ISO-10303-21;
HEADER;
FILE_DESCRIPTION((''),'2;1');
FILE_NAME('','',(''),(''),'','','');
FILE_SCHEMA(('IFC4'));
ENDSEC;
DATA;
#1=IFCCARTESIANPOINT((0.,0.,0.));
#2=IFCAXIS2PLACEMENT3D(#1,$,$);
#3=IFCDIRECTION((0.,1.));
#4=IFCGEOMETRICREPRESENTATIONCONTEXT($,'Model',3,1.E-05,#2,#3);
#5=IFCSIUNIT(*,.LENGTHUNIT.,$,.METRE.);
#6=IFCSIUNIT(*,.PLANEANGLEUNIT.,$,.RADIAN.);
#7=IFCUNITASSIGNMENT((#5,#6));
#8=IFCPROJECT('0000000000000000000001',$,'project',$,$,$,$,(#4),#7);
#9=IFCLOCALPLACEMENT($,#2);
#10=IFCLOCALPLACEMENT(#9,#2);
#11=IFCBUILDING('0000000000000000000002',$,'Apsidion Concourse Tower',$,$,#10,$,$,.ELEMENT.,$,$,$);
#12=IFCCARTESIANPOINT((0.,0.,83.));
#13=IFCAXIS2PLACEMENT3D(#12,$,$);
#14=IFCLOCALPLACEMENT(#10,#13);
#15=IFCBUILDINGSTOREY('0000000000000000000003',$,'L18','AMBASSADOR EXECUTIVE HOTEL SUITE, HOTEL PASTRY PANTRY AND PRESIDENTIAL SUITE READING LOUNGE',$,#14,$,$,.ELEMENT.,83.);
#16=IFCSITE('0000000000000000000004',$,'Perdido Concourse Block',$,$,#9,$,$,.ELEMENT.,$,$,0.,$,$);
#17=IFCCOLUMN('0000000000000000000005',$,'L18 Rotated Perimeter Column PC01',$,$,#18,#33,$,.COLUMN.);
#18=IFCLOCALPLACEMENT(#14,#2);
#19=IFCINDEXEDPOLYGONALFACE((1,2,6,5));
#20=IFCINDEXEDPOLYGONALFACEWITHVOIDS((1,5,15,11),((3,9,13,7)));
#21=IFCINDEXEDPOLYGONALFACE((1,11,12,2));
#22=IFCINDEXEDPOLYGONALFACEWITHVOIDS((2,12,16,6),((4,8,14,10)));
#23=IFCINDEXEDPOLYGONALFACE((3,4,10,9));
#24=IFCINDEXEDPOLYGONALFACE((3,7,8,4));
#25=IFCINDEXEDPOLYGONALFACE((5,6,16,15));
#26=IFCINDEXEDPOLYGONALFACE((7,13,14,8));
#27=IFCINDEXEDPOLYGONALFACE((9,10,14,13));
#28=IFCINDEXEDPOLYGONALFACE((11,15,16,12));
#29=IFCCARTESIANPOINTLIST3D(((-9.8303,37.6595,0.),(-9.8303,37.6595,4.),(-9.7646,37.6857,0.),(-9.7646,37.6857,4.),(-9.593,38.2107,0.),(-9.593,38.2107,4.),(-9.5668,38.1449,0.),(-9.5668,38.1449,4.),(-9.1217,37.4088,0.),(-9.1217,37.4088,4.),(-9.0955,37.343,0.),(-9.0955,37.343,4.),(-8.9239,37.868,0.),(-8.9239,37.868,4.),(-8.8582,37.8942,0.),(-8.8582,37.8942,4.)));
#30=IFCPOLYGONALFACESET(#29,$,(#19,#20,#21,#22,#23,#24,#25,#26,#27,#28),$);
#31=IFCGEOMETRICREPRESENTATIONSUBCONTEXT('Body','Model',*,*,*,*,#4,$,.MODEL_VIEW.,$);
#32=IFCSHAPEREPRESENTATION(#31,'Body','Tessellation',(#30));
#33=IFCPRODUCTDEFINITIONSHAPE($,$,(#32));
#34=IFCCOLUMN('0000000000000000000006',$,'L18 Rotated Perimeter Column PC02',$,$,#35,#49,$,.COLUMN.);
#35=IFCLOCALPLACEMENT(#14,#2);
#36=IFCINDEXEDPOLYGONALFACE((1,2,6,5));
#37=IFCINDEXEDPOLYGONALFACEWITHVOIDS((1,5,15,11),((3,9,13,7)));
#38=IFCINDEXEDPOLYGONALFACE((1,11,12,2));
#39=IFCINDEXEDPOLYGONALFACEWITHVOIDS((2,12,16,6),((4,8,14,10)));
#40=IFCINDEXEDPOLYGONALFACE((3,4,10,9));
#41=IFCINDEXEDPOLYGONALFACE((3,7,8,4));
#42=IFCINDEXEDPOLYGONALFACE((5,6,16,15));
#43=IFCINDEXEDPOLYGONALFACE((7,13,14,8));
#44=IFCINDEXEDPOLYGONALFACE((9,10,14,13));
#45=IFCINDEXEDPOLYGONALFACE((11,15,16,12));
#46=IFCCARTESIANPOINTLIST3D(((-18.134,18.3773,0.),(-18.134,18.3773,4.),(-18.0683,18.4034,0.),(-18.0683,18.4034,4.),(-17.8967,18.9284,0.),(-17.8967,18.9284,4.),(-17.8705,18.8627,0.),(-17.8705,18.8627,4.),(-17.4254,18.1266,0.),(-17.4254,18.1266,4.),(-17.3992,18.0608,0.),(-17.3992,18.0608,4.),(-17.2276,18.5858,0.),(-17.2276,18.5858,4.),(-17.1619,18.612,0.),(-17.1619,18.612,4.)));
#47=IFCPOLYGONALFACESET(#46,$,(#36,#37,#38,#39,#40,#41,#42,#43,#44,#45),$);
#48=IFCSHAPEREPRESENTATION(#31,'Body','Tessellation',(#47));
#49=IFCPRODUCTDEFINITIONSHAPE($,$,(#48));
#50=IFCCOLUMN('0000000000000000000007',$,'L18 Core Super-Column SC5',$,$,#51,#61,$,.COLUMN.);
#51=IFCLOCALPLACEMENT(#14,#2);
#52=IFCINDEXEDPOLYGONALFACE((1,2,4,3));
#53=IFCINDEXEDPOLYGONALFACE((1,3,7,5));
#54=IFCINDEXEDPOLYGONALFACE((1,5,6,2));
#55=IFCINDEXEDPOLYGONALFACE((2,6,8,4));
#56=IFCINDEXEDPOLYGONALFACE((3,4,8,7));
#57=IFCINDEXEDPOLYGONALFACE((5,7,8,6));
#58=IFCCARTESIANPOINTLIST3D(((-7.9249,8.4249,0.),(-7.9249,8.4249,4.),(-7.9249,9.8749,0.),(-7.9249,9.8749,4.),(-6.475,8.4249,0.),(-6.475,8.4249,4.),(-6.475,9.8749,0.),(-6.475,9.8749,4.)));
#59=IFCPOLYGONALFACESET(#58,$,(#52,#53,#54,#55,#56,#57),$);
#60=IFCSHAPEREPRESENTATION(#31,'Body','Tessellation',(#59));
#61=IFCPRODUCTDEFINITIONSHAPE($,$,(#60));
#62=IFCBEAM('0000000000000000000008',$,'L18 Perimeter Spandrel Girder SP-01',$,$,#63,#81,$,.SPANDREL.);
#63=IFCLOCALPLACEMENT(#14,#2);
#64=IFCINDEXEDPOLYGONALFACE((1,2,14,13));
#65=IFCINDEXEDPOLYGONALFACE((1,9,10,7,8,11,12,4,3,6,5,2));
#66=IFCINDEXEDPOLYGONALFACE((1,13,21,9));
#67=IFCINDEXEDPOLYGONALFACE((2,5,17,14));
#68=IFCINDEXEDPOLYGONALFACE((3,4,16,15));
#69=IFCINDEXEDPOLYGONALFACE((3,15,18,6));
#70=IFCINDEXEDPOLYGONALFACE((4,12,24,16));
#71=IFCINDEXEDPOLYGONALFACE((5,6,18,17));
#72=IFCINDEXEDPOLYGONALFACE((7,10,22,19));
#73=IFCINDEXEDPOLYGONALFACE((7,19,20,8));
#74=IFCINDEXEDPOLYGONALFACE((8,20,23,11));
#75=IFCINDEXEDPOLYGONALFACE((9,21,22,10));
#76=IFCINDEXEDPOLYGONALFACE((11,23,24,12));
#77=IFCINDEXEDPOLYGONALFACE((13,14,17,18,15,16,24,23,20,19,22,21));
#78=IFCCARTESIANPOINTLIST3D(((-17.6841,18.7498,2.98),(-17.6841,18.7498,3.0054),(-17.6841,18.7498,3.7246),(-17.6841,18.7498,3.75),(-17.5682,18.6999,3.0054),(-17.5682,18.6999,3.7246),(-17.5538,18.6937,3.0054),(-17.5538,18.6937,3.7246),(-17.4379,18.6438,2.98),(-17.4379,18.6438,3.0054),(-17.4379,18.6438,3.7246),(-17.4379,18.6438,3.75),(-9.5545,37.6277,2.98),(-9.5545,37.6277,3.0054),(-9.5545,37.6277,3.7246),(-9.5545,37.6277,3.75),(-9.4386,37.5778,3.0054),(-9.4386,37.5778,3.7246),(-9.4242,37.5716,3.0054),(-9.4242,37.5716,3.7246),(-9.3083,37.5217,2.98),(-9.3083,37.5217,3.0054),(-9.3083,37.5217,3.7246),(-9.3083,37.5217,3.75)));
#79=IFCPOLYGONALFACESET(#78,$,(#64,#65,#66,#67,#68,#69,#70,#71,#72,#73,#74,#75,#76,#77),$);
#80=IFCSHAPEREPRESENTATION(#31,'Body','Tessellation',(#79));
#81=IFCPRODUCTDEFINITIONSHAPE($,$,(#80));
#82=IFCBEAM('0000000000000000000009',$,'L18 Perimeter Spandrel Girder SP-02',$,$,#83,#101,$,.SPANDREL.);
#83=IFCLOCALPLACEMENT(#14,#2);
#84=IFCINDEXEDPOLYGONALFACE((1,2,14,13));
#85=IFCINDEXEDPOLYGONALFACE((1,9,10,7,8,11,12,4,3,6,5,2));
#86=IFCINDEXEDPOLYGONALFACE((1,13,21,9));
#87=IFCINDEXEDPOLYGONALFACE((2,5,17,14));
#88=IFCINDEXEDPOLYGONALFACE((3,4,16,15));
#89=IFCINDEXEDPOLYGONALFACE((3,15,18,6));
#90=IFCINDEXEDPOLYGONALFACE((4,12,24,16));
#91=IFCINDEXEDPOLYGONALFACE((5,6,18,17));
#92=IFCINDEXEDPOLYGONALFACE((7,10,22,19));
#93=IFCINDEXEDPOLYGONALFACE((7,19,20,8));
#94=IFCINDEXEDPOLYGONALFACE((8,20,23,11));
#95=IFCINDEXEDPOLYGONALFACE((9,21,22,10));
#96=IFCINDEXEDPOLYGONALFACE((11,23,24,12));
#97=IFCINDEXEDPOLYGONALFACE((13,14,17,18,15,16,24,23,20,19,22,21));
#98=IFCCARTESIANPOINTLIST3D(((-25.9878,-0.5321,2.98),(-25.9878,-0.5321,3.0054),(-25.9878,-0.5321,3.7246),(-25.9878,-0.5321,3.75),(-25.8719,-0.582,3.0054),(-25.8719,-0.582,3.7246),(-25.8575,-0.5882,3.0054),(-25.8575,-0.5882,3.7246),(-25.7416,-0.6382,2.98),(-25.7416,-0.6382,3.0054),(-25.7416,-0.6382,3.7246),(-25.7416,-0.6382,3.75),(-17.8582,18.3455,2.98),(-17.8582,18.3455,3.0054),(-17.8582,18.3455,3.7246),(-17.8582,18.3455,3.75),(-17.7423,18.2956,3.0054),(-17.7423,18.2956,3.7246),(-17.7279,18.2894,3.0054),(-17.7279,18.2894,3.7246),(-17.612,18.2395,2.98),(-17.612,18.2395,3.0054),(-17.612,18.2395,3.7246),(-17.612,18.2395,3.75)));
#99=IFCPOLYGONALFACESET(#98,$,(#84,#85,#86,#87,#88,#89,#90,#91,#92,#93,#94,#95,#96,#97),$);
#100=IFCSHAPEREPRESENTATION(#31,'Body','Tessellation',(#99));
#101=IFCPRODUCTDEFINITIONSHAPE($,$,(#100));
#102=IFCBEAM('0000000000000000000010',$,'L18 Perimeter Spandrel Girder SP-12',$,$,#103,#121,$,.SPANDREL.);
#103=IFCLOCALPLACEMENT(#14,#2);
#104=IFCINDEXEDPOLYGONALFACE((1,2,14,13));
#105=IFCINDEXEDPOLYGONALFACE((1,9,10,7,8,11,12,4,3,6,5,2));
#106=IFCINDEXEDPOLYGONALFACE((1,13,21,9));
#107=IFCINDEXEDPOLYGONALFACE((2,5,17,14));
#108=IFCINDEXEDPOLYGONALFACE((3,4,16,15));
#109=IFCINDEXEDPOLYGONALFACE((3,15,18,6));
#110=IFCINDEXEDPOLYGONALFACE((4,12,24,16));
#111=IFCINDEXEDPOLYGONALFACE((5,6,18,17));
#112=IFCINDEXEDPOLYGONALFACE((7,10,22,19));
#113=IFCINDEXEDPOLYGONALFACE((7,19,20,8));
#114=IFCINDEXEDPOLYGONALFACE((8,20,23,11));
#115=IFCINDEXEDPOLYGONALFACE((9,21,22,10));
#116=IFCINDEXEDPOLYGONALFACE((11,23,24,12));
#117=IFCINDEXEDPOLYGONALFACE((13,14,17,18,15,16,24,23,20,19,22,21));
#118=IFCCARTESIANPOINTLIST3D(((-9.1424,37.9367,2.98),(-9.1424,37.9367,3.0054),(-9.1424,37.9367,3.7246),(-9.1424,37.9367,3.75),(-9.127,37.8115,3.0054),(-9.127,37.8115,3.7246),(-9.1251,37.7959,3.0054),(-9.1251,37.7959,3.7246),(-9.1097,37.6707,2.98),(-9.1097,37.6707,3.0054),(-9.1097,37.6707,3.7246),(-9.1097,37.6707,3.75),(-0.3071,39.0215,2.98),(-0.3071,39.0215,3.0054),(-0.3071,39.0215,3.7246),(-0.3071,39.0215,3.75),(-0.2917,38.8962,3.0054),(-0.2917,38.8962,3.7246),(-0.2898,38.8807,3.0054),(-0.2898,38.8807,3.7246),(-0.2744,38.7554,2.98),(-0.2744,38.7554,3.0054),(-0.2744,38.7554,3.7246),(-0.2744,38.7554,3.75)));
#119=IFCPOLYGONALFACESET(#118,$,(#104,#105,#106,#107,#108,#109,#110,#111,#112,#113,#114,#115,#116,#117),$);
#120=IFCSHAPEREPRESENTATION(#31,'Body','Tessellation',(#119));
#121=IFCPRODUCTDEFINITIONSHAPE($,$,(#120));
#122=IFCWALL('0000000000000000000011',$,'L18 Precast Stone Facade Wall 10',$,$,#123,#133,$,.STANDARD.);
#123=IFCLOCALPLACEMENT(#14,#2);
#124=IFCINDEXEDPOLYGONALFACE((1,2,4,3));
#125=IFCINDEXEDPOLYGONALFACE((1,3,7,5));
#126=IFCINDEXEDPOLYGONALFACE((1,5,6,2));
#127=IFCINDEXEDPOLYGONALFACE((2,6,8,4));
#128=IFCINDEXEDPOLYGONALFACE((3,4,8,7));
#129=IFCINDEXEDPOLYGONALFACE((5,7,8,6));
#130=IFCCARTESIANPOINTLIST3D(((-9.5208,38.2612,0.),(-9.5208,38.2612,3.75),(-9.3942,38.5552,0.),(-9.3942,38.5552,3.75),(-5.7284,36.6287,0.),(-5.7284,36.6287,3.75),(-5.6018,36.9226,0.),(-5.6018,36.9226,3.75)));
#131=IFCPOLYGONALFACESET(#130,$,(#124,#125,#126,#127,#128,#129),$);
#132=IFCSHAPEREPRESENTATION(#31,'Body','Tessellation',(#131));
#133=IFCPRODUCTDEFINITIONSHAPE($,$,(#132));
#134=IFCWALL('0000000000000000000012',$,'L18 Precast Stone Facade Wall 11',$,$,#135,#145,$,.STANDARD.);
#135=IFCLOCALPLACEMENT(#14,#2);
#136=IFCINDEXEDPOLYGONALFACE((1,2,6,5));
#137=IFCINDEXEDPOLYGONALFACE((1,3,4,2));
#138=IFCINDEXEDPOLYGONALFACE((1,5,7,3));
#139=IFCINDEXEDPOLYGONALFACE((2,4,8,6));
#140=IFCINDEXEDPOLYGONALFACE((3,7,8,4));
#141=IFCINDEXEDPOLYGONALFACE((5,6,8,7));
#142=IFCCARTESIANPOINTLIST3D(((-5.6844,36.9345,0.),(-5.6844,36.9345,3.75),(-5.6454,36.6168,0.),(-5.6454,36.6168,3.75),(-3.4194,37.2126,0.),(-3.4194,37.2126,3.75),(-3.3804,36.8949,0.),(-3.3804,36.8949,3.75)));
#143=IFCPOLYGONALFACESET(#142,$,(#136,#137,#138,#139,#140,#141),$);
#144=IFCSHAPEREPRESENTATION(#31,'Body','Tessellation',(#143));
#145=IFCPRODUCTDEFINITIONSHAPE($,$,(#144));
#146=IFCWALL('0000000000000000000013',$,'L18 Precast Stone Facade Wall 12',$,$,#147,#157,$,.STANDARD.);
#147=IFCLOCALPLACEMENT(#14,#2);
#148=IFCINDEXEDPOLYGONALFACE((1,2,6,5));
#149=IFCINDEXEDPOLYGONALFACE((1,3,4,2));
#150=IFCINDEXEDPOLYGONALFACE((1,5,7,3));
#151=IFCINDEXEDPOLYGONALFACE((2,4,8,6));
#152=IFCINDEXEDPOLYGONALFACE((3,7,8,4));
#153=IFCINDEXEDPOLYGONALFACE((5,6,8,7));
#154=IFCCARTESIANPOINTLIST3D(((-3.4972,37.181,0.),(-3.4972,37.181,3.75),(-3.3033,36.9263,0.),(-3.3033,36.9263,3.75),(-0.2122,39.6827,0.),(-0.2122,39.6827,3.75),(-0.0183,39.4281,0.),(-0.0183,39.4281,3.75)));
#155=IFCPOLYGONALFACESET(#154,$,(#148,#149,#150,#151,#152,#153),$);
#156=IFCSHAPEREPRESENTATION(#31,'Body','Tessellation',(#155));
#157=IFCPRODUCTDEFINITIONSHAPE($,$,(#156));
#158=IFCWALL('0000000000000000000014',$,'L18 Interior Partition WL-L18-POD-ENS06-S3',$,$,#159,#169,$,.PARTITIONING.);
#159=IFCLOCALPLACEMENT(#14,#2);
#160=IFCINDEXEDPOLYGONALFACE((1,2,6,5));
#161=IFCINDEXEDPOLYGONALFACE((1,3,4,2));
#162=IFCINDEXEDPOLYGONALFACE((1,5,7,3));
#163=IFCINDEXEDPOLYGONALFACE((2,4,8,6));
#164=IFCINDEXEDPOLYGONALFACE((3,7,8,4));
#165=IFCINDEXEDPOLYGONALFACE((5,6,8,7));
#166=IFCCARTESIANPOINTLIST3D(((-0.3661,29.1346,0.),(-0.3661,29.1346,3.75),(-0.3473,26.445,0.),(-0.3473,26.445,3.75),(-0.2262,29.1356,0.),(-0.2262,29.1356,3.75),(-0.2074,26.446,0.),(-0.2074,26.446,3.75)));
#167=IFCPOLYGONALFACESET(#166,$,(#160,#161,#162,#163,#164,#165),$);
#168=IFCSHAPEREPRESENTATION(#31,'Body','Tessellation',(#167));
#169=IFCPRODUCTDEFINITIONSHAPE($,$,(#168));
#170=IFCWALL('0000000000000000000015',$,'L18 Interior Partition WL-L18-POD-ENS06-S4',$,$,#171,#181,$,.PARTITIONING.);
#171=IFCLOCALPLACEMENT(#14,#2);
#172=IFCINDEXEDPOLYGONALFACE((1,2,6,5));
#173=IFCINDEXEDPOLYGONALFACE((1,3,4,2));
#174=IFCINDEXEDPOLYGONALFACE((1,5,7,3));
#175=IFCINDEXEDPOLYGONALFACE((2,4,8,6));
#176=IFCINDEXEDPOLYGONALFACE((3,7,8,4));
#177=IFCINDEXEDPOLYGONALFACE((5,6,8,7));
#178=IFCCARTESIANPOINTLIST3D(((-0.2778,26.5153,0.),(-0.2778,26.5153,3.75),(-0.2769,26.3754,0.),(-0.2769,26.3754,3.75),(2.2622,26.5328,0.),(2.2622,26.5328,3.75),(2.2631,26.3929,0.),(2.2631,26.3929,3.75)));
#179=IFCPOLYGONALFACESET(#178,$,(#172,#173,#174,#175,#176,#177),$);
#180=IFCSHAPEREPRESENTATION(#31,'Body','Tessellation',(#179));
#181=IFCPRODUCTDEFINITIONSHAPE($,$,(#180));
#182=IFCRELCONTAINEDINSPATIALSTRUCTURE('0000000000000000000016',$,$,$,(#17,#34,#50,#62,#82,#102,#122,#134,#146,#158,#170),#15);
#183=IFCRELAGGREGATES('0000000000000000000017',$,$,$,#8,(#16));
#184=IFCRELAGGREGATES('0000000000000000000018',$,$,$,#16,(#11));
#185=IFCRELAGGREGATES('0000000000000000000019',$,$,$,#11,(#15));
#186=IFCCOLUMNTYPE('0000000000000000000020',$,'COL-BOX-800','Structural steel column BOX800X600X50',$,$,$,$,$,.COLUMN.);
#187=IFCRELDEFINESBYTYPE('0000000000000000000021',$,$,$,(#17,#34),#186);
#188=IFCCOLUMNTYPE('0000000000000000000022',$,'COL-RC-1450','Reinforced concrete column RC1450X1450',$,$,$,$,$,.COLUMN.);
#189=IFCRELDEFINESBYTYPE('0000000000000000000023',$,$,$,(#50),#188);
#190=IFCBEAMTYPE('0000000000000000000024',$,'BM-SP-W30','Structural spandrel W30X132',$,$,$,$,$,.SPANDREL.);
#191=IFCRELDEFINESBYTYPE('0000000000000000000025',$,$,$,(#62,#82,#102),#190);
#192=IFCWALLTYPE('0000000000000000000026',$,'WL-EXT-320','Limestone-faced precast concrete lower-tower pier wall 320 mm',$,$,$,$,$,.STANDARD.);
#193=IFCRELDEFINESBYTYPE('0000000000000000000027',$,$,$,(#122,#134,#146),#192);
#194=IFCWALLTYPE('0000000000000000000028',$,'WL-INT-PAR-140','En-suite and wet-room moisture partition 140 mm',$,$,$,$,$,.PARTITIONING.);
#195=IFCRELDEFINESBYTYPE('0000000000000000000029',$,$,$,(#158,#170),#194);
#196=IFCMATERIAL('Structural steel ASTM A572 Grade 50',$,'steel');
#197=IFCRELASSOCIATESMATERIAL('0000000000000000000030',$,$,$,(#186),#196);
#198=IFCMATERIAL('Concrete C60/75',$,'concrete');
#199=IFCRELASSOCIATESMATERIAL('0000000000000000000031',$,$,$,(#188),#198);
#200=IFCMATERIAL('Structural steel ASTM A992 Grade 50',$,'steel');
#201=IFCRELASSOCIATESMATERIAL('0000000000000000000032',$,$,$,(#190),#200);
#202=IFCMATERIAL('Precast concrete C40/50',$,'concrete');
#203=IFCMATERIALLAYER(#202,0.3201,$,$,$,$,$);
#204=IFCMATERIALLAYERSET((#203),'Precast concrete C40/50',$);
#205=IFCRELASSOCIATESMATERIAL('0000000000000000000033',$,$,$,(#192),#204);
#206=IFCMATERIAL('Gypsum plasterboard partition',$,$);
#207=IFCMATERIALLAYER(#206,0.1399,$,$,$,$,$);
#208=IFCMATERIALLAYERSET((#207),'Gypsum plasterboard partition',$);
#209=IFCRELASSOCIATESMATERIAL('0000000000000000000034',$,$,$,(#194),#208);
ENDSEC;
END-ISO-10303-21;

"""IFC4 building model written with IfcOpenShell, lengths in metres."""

from ifc_helpers import new_model, si_unit, direction, frame, frame_2d, origin, origin_2d, place, context, subcontext, project, spatial, rectangle, hollow_rectangle, i_section, extrude, material, layer, layer_set, material_profile, profile_set, type_object, element, save


model = new_model("IFC4")

# Units and contexts
model_context = context("Model", 3, precision=1e-05, world=origin(), true_north=direction((0.0, 1.0)))
body_context = subcontext(model_context, "Body", "Model", "MODEL_VIEW")
ifc_project = project(units=[si_unit("LENGTHUNIT", "METRE"), si_unit("PLANEANGLEUNIT", "RADIAN")], contexts=[model_context])

# Site, building, storey
site_placement = place(None, origin())
site = spatial("IfcSite", under=ifc_project, at=site_placement, Name="Perdido Concourse Block", CompositionType="ELEMENT", RefElevation=0.0)
building_placement = place(site_placement, origin())
building = spatial("IfcBuilding", under=site, at=building_placement, Name="Apsidion Concourse Tower", CompositionType="ELEMENT")
storey_placement = place(building_placement, frame((0.0, 0.0, 83.0)))
storey = spatial("IfcBuildingStorey", under=building, at=storey_placement, Name="L18", Description="AMBASSADOR EXECUTIVE HOTEL SUITE, HOTEL PASTRY PANTRY AND PRESIDENTIAL SUITE READING LOUNGE", CompositionType="ELEMENT", Elevation=83.0)

# Columns
ifc_material_1 = material(Name="Structural steel ASTM A572 Grade 50", Category="steel")
ifc_material_profile_1 = material_profile(ifc_material_1, hollow_rectangle(XDim=0.6001, YDim=0.8, WallThickness=0.05, at=origin_2d()), Name="BOX800X600X50")
ifc_profile_set_1 = profile_set([ifc_material_profile_1], Name="Structural steel ASTM A572 Grade 50")
column_type_1 = type_object("IfcColumnType", Name="COL-BOX-800", Description="Structural steel column BOX800X600X50", PredefinedType="COLUMN", material=ifc_profile_set_1)
for number, where, z_axis, x_axis, name in (
    (1, (-9.3442, 37.7769, 0.0), (0.0, 0.0, 1.0), (0.395546, 0.918446, 0.0), "L18 Rotated Perimeter Column PC01"),
    (2, (-17.6479, 18.4946, 0.0), (0.0, 0.0, 1.0), (0.395546, 0.918446, 0.0), "L18 Rotated Perimeter Column PC02"),
):
    element("IfcColumn", number, at=place(storey_placement, frame(where, z_axis=z_axis, x_axis=x_axis)), inside=storey, type_object=column_type_1, Name=name, PredefinedType="COLUMN", context=body_context, shape_type="SweptSolid", body=[
        extrude(hollow_rectangle(XDim=0.6001, YDim=0.8, WallThickness=0.05, at=origin_2d()), origin(), (0.0, 0.0, 1.0), 4.0),
    ])
ifc_material_2 = material(Name="Concrete C60/75", Category="concrete")
ifc_material_profile_2 = material_profile(ifc_material_2, rectangle(XDim=1.45, YDim=1.45, at=origin_2d()), Name="RC 1450x1450")
ifc_profile_set_2 = profile_set([ifc_material_profile_2], Name="Concrete C60/75")
column_type_2 = type_object("IfcColumnType", Name="COL-RC-1450", Description="Reinforced concrete column RC1450X1450", PredefinedType="COLUMN", material=ifc_profile_set_2)
column_placement = place(storey_placement, frame((-7.2, 9.1499, 0.0), z_axis=(0.0, 0.0, 1.0), x_axis=(1.0, 0.0, 0.0)))
element("IfcColumn", 3, at=column_placement, inside=storey, type_object=column_type_2, Name="L18 Core Super-Column SC5", PredefinedType="COLUMN", context=body_context, shape_type="SweptSolid", body=[
    extrude(rectangle(XDim=1.45, YDim=1.45, at=origin_2d()), origin(), (0.0, 0.0, 1.0), 4.0),
])

# Beams
ifc_material_3 = material(Name="Structural steel ASTM A992 Grade 50", Category="steel")
ifc_material_profile_3 = material_profile(ifc_material_3, i_section(OverallWidth=0.2681, OverallDepth=0.77, WebThickness=0.0156, FlangeThickness=0.0254, at=origin_2d()), Name="W30X132")
ifc_profile_set_3 = profile_set([ifc_material_profile_3], Name="Structural steel ASTM A992 Grade 50")
beam_type = type_object("IfcBeamType", Name="BM-SP-W30", Description="Structural spandrel W30X132", PredefinedType="SPANDREL", material=ifc_profile_set_3)
beam_1_placement = place(storey_placement, frame((-9.4314, 37.5747, 3.365), z_axis=(-0.395526, -0.918455, 0.0), x_axis=(0.918455, -0.395526, 0.0)))
element("IfcBeam", 4, at=beam_1_placement, inside=storey, type_object=beam_type, Name="L18 Perimeter Spandrel Girder SP-01", PredefinedType="SPANDREL", context=body_context, shape_type="SweptSolid", body=[
    extrude(i_section(OverallWidth=0.2681, OverallDepth=0.77, WebThickness=0.0156, FlangeThickness=0.0254, at=origin_2d()), origin(), (0.0, 0.0, 1.0), 20.554),
])
beam_2_placement = place(storey_placement, frame((-17.7351, 18.2925, 3.365), z_axis=(-0.39553, -0.918453, 0.0), x_axis=(0.918453, -0.39553, 0.0)))
element("IfcBeam", 5, at=beam_2_placement, inside=storey, type_object=beam_type, Name="L18 Perimeter Spandrel Girder SP-02", PredefinedType="SPANDREL", context=body_context, shape_type="SweptSolid", body=[
    extrude(i_section(OverallWidth=0.2681, OverallDepth=0.77, WebThickness=0.0156, FlangeThickness=0.0254, at=origin_2d()), origin(), (0.0, 0.0, 1.0), 20.5537),
])
beam_3_placement = place(storey_placement, frame((-0.2908, 38.8884, 3.365), z_axis=(-0.992548, -0.121857, 0.0), x_axis=(0.121857, -0.992548, 0.0)))
element("IfcBeam", 6, at=beam_3_placement, inside=storey, type_object=beam_type, Name="L18 Perimeter Spandrel Girder SP-12", PredefinedType="SPANDREL", context=body_context, shape_type="SweptSolid", body=[
    extrude(i_section(OverallWidth=0.2681, OverallDepth=0.77, WebThickness=0.0156, FlangeThickness=0.0254, at=origin_2d()), origin(), (0.0, 0.0, 1.0), 8.9016),
])

# Walls
ifc_material_4 = material(Name="Precast concrete C40/50", Category="concrete")
ifc_layer_1 = layer(ifc_material_4, 0.3201)
ifc_layer_set_1 = layer_set([ifc_layer_1], Name="Precast concrete C40/50")
wall_type_1 = type_object("IfcWallType", Name="WL-EXT-320", Description="Limestone-faced precast concrete lower-tower pier wall 320 mm", PredefinedType="STANDARD", material=ifc_layer_set_1)
wall_1_placement = place(storey_placement, frame((-9.4575, 38.4082, 0.0), z_axis=(0.0, 0.0, 1.0), x_axis=(0.918511, -0.395396, 0.0)))
element("IfcWall", 7, at=wall_1_placement, inside=storey, type_object=wall_type_1, Name="L18 Precast Stone Facade Wall 10", PredefinedType="STANDARD", context=body_context, shape_type="SweptSolid", body=[
    extrude(rectangle(XDim=4.1289, YDim=0.3201, at=frame_2d((2.0645, 0.0))), origin(), (0.0, 0.0, 1.0), 3.75),
])
wall_2_placement = place(storey_placement, frame((-5.665, 36.7756, 0.0), z_axis=(0.0, 0.0, 1.0), x_axis=(0.992547, 0.121862, 0.0)))
element("IfcWall", 8, at=wall_2_placement, inside=storey, type_object=wall_type_1, Name="L18 Precast Stone Facade Wall 11", PredefinedType="STANDARD", context=body_context, shape_type="SweptSolid", body=[
    extrude(rectangle(XDim=2.282, YDim=0.3201, at=frame_2d((1.1411, 0.0))), origin(), (0.0, 0.0, 1.0), 3.75),
])
wall_3_placement = place(storey_placement, frame((-3.4001, 37.0537, 0.0), z_axis=(0.0, 0.0, 1.0), x_axis=(0.795558, 0.605878, 0.0)))
element("IfcWall", 9, at=wall_3_placement, inside=storey, type_object=wall_type_1, Name="L18 Precast Stone Facade Wall 12", PredefinedType="STANDARD", context=body_context, shape_type="SweptSolid", body=[
    extrude(rectangle(XDim=4.1292, YDim=0.3201, at=frame_2d((2.0645, 0.0))), origin(), (0.0, 0.0, 1.0), 3.75),
])
ifc_material_5 = material(Name="Gypsum plasterboard partition")
ifc_layer_2 = layer(ifc_material_5, 0.1399)
ifc_layer_set_2 = layer_set([ifc_layer_2], Name="Gypsum plasterboard partition")
wall_type_2 = type_object("IfcWallType", Name="WL-INT-PAR-140", Description="En-suite and wet-room moisture partition 140 mm", PredefinedType="PARTITIONING", material=ifc_layer_set_2)
wall_4_placement = place(storey_placement, frame((-0.2961, 29.135, 0.0), z_axis=(0.0, 0.0, 1.0), x_axis=(0.006989, -0.999976, 0.0)))
element("IfcWall", 10, at=wall_4_placement, inside=storey, type_object=wall_type_2, Name="L18 Interior Partition WL-L18-POD-ENS06-S3", PredefinedType="PARTITIONING", context=body_context, shape_type="SweptSolid", body=[
    extrude(rectangle(XDim=2.6897, YDim=0.1399, at=frame_2d((1.3447, 0.0))), origin(), (0.0, 0.0, 1.0), 3.75),
])
wall_5_placement = place(storey_placement, frame((-0.2773, 26.4453, 0.0), z_axis=(0.0, 0.0, 1.0), x_axis=(0.999976, 0.00692, 0.0)))
element("IfcWall", 11, at=wall_5_placement, inside=storey, type_object=wall_type_2, Name="L18 Interior Partition WL-L18-POD-ENS06-S4", PredefinedType="PARTITIONING", context=body_context, shape_type="SweptSolid", body=[
    extrude(rectangle(XDim=2.54, YDim=0.1399, at=frame_2d((1.27, 0.0))), origin(), (0.0, 0.0, 1.0), 3.75),
])

save(model, "model.ifc")
